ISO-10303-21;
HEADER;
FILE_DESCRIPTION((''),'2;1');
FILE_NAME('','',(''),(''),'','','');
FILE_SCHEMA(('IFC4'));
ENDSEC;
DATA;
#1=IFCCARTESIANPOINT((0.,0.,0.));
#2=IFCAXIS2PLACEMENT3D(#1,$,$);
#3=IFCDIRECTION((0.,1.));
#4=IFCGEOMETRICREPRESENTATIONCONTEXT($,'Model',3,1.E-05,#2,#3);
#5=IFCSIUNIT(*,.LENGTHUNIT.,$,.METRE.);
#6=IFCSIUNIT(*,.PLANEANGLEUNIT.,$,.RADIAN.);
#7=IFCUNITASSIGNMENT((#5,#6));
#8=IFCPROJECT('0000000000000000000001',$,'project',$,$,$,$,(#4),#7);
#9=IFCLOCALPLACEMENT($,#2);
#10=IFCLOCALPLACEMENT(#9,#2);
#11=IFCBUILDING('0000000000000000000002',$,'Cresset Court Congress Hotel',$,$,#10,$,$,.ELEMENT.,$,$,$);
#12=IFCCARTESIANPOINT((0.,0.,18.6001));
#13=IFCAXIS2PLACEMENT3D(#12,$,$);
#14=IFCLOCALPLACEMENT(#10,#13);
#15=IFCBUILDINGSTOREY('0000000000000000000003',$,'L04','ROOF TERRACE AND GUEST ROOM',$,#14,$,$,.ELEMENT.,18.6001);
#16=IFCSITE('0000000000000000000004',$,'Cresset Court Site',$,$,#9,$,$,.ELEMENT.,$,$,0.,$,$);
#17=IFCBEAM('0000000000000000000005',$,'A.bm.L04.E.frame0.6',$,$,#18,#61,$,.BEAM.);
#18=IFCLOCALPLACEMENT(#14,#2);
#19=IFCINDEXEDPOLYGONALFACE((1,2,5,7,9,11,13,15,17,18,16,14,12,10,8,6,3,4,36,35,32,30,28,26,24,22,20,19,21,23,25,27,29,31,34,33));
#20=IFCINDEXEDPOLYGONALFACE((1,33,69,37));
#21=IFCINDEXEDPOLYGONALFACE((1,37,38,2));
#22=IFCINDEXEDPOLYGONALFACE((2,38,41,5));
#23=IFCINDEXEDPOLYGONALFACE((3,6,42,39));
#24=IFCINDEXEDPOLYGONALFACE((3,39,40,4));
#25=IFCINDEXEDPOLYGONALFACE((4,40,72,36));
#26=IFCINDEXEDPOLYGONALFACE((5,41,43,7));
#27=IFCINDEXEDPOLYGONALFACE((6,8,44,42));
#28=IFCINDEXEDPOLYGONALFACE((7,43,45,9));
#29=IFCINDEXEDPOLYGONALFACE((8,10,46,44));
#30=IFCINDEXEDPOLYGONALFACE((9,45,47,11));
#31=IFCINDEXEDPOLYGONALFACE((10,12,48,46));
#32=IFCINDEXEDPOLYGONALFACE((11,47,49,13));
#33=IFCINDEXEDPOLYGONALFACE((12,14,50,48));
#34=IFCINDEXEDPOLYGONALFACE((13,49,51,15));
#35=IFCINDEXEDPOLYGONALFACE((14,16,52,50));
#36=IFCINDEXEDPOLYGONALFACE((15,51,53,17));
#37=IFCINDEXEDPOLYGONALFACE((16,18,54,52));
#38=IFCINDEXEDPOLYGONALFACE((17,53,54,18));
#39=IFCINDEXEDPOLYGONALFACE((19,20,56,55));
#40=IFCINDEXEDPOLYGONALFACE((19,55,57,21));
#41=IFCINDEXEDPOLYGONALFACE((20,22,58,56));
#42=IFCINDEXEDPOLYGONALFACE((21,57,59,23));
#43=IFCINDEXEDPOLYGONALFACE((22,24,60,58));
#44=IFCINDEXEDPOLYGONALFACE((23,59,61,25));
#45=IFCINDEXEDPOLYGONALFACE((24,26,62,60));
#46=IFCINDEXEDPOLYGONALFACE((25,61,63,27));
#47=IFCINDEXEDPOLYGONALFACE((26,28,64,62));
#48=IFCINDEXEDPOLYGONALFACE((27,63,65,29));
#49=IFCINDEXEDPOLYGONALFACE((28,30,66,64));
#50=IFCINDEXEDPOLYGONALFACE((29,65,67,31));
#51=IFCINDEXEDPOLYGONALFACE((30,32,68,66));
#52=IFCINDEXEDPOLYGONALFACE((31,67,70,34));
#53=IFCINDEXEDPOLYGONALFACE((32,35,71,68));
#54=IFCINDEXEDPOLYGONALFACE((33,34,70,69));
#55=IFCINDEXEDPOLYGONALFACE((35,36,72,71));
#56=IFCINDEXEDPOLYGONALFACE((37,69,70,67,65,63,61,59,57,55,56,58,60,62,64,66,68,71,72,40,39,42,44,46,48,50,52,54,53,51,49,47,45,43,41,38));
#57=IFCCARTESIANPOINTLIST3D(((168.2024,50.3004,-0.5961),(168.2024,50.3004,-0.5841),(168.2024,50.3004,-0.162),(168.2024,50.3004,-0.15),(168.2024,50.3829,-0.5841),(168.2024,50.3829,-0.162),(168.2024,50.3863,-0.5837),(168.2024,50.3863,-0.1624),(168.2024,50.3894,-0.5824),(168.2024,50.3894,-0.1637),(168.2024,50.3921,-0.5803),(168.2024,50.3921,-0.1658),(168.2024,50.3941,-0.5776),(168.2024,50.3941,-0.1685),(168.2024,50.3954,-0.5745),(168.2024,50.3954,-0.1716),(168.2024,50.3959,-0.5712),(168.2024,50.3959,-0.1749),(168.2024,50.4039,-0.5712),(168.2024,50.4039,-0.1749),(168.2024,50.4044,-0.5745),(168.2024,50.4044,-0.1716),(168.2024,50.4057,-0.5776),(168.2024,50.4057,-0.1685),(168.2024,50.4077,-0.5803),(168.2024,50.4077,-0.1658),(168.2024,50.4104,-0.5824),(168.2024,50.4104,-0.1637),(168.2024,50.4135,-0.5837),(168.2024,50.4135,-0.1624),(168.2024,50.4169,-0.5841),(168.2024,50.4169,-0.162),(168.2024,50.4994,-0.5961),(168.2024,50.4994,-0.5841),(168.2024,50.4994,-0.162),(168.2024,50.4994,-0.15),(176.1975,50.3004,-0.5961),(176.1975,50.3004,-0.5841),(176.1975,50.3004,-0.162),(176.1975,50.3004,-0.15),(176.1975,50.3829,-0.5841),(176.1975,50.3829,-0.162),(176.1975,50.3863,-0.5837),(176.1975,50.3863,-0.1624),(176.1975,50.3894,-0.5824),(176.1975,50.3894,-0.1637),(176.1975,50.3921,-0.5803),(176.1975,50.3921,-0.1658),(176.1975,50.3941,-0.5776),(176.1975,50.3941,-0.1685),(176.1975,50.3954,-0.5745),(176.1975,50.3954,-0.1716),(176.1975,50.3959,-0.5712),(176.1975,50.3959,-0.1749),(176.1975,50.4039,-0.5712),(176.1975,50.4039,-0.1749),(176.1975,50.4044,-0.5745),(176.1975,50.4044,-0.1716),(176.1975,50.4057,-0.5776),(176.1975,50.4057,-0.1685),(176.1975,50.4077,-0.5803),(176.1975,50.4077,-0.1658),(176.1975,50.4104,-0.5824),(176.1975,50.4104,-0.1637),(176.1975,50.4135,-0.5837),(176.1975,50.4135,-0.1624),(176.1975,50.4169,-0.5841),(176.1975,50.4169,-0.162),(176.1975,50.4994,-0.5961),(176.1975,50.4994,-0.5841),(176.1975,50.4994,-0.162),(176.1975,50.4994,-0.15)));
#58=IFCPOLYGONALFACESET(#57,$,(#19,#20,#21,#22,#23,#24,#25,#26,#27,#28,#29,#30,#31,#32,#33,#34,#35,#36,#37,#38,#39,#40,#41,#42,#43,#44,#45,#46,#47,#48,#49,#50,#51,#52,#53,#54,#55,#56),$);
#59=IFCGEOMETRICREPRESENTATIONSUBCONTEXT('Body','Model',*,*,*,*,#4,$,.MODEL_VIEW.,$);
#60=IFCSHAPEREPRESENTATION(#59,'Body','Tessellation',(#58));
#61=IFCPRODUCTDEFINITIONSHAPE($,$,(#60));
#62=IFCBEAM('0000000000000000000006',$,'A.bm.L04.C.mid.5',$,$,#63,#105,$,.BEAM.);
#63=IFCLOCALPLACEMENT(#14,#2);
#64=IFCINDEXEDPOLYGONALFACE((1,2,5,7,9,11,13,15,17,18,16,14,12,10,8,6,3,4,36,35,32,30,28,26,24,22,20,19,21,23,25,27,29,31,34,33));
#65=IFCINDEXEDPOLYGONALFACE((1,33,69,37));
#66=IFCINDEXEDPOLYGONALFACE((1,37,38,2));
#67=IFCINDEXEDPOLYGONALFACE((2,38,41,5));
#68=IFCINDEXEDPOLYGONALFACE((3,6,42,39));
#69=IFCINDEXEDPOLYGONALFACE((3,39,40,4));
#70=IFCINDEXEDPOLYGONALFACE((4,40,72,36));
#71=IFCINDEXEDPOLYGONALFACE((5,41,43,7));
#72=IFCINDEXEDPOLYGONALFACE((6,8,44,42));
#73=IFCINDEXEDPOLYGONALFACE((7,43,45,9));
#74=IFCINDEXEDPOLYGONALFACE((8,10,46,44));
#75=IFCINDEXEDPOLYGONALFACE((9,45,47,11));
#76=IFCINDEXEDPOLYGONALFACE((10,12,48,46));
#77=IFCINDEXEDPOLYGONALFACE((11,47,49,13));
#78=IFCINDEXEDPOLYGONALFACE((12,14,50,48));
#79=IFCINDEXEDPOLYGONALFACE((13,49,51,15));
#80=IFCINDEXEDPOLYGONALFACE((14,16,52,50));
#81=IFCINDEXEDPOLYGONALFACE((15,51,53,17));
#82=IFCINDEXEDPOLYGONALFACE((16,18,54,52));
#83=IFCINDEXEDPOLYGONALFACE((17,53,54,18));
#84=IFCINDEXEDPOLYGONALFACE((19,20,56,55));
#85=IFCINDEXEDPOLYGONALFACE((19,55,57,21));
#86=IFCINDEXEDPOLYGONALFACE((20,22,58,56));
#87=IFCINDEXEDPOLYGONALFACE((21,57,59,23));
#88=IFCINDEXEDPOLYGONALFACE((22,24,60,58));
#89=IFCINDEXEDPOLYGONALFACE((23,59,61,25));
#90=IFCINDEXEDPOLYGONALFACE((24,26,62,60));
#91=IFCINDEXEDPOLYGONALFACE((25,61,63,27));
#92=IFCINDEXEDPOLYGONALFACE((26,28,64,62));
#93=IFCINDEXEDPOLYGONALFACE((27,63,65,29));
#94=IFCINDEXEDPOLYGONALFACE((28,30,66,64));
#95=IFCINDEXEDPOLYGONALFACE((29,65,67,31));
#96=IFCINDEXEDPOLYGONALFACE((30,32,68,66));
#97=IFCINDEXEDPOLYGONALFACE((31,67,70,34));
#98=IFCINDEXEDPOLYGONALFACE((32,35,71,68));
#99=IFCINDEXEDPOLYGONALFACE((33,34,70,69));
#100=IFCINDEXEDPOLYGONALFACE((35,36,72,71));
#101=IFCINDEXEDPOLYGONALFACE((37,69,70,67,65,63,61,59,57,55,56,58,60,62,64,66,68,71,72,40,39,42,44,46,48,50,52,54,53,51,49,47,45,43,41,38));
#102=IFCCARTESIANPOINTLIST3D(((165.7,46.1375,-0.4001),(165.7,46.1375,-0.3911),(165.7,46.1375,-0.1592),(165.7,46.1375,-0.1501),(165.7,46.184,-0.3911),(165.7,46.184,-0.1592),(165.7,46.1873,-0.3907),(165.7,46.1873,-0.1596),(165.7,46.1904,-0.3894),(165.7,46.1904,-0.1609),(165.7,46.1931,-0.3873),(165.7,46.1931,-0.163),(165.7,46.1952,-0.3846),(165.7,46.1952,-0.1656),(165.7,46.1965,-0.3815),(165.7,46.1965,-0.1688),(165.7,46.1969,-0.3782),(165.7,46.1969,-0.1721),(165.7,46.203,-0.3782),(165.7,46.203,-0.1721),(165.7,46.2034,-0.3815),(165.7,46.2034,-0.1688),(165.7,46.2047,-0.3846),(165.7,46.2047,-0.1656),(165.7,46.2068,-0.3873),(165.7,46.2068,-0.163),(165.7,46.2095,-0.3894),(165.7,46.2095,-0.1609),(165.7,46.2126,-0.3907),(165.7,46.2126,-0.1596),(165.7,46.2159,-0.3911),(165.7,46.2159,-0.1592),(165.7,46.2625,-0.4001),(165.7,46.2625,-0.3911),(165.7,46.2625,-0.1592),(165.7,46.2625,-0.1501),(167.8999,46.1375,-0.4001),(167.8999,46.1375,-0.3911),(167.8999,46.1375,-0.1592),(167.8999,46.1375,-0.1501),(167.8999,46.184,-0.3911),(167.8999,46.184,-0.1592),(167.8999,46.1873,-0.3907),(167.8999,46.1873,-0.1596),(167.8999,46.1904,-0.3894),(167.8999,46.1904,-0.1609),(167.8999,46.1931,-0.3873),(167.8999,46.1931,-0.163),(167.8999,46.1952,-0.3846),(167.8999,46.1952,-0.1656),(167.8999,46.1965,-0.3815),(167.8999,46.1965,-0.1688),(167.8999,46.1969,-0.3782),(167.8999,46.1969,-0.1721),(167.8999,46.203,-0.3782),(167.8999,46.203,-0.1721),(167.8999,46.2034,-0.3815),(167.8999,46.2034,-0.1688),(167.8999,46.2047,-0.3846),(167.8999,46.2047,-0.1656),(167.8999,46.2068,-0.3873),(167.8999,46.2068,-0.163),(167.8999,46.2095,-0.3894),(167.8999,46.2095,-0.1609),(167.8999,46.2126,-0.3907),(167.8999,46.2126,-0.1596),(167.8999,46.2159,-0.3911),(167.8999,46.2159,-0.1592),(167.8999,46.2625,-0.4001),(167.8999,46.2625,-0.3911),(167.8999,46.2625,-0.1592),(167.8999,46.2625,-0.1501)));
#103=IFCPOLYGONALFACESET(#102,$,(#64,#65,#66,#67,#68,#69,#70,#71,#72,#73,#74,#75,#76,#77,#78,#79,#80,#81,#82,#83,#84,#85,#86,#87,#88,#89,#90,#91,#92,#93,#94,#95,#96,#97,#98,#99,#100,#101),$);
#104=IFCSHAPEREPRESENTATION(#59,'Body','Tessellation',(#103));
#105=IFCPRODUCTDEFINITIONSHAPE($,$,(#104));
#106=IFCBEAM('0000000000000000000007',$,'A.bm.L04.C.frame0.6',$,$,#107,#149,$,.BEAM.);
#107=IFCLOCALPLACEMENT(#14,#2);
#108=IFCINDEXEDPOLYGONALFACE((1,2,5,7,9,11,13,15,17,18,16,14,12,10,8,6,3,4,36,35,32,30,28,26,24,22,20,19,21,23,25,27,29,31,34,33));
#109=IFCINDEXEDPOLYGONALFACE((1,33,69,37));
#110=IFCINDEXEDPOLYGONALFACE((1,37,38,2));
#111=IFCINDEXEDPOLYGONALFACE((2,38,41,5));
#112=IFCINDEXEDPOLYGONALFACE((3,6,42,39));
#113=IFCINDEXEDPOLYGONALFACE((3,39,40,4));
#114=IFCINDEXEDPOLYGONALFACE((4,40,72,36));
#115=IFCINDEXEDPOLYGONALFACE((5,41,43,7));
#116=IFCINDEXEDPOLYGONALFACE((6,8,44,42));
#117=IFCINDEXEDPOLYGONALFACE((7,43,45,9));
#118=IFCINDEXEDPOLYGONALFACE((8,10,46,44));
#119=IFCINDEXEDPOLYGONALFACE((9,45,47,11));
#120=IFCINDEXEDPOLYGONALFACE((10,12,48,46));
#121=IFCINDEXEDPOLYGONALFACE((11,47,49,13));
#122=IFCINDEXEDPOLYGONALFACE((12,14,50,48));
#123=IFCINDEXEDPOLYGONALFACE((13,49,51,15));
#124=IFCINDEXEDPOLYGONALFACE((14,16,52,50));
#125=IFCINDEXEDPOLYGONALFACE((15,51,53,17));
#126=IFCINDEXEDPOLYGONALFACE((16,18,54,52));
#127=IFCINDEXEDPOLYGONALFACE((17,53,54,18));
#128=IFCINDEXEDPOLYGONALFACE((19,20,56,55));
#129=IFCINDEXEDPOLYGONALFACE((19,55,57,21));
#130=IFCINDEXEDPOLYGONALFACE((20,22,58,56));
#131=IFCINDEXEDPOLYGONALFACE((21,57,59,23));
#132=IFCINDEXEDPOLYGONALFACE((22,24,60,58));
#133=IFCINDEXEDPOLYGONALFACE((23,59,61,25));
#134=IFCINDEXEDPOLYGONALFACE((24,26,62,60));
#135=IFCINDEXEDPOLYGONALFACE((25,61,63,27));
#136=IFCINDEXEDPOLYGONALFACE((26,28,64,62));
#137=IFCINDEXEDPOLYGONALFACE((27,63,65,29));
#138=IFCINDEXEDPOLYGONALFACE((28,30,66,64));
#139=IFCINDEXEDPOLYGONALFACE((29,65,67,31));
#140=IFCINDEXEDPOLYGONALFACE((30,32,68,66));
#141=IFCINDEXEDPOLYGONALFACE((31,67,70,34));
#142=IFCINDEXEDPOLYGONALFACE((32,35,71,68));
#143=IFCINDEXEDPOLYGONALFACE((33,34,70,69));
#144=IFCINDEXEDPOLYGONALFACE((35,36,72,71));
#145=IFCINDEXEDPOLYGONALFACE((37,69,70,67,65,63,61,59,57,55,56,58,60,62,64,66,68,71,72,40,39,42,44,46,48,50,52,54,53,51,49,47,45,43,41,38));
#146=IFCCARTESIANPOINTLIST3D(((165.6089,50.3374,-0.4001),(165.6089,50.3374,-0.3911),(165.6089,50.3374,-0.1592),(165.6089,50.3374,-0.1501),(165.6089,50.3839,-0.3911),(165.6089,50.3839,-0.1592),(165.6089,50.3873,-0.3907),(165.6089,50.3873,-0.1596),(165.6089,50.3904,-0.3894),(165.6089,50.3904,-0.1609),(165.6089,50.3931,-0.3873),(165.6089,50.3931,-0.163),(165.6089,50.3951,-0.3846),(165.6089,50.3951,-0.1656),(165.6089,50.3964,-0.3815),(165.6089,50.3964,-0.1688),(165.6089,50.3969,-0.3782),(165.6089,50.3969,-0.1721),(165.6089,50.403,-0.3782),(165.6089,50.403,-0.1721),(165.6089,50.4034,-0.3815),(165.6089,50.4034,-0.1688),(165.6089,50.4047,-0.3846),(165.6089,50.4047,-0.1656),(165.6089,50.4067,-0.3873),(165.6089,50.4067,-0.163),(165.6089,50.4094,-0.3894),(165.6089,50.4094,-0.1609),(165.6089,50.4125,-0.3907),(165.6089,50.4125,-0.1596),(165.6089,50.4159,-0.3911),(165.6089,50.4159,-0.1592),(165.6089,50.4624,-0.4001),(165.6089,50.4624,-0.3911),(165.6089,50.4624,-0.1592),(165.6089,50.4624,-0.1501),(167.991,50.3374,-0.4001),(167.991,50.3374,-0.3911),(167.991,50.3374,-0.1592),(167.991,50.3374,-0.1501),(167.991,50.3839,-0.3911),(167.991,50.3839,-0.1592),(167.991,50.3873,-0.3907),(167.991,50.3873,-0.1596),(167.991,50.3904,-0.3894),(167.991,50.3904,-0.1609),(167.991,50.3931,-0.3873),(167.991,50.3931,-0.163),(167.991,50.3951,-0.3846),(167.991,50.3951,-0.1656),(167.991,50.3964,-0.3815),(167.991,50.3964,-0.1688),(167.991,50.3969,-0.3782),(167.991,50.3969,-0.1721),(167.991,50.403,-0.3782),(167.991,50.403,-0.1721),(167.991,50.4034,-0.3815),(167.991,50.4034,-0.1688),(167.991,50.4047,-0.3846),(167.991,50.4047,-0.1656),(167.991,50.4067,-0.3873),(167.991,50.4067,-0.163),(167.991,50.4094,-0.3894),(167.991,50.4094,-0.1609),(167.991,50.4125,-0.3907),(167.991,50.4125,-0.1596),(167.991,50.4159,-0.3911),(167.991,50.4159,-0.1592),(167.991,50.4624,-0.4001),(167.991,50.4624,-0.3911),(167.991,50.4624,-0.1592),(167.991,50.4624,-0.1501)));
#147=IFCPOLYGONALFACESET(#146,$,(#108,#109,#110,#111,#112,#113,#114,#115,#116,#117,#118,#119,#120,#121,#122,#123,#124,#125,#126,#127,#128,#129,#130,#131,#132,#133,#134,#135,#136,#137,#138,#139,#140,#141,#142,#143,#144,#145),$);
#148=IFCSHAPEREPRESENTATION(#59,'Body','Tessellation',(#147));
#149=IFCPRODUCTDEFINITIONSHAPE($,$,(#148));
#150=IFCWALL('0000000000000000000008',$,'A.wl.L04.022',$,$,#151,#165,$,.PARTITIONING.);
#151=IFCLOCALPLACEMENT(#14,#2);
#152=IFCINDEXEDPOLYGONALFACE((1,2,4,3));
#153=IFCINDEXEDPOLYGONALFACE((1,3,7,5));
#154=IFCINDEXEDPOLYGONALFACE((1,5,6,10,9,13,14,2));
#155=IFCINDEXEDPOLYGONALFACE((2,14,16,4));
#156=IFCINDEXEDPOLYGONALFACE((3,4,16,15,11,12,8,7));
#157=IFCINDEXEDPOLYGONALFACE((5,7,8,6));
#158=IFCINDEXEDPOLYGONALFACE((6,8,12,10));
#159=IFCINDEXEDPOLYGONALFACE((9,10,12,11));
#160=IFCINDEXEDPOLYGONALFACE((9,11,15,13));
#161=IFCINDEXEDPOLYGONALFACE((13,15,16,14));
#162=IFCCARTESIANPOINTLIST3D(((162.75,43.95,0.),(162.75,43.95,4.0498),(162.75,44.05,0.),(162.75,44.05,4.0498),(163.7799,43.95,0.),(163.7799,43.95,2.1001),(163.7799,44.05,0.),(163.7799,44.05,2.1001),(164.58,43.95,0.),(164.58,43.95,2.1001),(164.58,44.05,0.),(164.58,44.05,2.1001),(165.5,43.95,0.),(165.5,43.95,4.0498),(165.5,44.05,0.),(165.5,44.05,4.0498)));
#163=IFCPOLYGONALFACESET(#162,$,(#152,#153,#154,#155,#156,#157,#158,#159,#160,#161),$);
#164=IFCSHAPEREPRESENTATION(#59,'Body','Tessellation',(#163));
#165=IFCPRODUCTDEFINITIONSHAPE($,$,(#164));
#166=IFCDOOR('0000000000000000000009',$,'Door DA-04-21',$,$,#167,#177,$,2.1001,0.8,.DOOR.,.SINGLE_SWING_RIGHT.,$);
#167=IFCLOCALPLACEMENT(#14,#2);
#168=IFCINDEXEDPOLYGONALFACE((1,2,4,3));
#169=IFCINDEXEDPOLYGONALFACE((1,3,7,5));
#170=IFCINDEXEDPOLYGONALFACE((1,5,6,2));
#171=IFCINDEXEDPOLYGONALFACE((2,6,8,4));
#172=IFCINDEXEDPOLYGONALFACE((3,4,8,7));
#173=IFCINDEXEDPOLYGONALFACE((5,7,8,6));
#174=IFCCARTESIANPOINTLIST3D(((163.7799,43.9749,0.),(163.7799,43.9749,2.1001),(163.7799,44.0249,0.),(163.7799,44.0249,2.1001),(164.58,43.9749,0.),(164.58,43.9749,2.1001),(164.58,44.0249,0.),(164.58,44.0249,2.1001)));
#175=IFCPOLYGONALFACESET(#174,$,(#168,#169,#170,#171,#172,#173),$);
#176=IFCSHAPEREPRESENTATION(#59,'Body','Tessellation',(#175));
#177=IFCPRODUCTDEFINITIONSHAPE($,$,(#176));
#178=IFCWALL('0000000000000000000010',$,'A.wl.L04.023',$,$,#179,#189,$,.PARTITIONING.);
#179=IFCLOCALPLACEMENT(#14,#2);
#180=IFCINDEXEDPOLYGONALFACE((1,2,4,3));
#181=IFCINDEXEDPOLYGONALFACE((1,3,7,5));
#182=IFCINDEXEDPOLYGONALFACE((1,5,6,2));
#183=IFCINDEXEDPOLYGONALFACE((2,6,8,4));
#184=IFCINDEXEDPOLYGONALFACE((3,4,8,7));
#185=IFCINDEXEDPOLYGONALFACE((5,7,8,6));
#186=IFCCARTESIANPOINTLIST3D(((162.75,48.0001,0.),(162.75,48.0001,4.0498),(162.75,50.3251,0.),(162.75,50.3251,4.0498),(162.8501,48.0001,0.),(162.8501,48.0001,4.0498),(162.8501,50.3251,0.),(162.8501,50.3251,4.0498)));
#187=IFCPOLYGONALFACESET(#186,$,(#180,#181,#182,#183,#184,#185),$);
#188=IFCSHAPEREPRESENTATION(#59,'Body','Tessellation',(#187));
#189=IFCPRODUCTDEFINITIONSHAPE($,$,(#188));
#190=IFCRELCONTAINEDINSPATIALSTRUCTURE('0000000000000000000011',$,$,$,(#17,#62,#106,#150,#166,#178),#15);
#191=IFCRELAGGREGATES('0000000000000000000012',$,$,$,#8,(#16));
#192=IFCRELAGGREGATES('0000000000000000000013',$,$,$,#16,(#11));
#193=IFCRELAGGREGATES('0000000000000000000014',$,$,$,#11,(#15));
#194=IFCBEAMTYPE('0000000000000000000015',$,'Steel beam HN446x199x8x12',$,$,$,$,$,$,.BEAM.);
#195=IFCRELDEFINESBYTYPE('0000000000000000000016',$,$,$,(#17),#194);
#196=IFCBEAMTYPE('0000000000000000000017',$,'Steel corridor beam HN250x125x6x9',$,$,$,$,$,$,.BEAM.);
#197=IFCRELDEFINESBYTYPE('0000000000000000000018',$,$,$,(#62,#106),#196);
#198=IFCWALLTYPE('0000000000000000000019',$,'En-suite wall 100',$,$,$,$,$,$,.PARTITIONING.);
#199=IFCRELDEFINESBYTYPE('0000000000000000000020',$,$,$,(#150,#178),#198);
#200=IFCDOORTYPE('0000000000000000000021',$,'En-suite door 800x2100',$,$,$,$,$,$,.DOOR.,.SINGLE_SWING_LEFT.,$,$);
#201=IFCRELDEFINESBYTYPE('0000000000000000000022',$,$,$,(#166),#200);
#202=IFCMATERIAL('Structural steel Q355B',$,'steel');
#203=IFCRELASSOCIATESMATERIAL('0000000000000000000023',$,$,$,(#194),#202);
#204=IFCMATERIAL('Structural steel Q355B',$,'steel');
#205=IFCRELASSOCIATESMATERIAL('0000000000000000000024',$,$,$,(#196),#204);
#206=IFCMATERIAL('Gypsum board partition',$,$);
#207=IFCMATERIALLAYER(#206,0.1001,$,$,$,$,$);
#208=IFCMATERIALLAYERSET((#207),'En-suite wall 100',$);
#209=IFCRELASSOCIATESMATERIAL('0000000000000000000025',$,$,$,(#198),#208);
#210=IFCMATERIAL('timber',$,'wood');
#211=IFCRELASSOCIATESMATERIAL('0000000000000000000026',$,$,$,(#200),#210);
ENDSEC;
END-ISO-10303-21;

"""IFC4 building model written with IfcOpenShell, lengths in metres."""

from ifc_helpers import new_model, si_unit, direction, frame, frame_2d, origin, origin_2d, place, context, subcontext, project, spatial, rectangle, i_section, extrude, material, layer, layer_set, material_profile, profile_set, type_object, element, fill, save


model = new_model("IFC4")

# Units and contexts
model_context = context("Model", 3, precision=1e-05, world=origin(), true_north=direction((0.0, 1.0)))
body_context = subcontext(model_context, "Body", "Model", "MODEL_VIEW")
ifc_project = project(units=[si_unit("LENGTHUNIT", "METRE"), si_unit("PLANEANGLEUNIT", "RADIAN")], contexts=[model_context])

# Site, building, storey
site_placement = place(None, origin())
site = spatial("IfcSite", under=ifc_project, at=site_placement, Name="Cresset Court Site", CompositionType="ELEMENT", RefElevation=0.0)
building_placement = place(site_placement, origin())
building = spatial("IfcBuilding", under=site, at=building_placement, Name="Cresset Court Congress Hotel", CompositionType="ELEMENT")
storey_placement = place(building_placement, frame((0.0, 0.0, 18.6001)))
storey = spatial("IfcBuildingStorey", under=building, at=storey_placement, Name="L04", Description="ROOF TERRACE AND GUEST ROOM", CompositionType="ELEMENT", Elevation=18.6001)

# Beams
ifc_material_1 = material(Name="Structural steel Q355B", Category="steel")
ifc_material_profile_1 = material_profile(ifc_material_1, i_section(OverallWidth=0.199, OverallDepth=0.446, WebThickness=0.0081, FlangeThickness=0.012, FilletRadius=0.0129, at=origin_2d()), Name="HN446x199x8x12")
ifc_profile_set_1 = profile_set([ifc_material_profile_1], Name="Structural steel Q355B")
beam_type_1 = type_object("IfcBeamType", Name="Steel beam HN446x199x8x12", PredefinedType="BEAM", material=ifc_profile_set_1)
beam_1_placement = place(storey_placement, frame((168.2024, 50.3999, -0.373), z_axis=(1.0, 0.0, 0.0), x_axis=(0.0, 1.0, 0.0)))
element("IfcBeam", 1, at=beam_1_placement, inside=storey, type_object=beam_type_1, Name="A.bm.L04.E.frame0.6", PredefinedType="BEAM", context=body_context, shape_type="SweptSolid", body=[
    extrude(i_section(OverallWidth=0.199, OverallDepth=0.446, WebThickness=0.0081, FlangeThickness=0.012, FilletRadius=0.0129, at=origin_2d()), origin(), (0.0, 0.0, 1.0), 7.9951),
])
ifc_material_2 = material(Name="Structural steel Q355B", Category="steel")
ifc_material_profile_2 = material_profile(ifc_material_2, i_section(OverallWidth=0.125, OverallDepth=0.25, WebThickness=0.0061, FlangeThickness=0.009, FilletRadius=0.0129, at=origin_2d()), Name="HN250x125x6x9")
ifc_profile_set_2 = profile_set([ifc_material_profile_2], Name="Structural steel Q355B")
beam_type_2 = type_object("IfcBeamType", Name="Steel corridor beam HN250x125x6x9", PredefinedType="BEAM", material=ifc_profile_set_2)
beam_2_placement = place(storey_placement, frame((165.7, 46.2, -0.2751), z_axis=(1.0, 0.0, 0.0), x_axis=(0.0, 1.0, 0.0)))
element("IfcBeam", 2, at=beam_2_placement, inside=storey, type_object=beam_type_2, Name="A.bm.L04.C.mid.5", PredefinedType="BEAM", context=body_context, shape_type="SweptSolid", body=[
    extrude(i_section(OverallWidth=0.125, OverallDepth=0.25, WebThickness=0.0061, FlangeThickness=0.009, FilletRadius=0.0129, at=origin_2d()), origin(), (0.0, 0.0, 1.0), 2.2),
])
beam_3_placement = place(storey_placement, frame((165.6089, 50.3999, -0.2751), z_axis=(1.0, 0.0, 0.0), x_axis=(0.0, 1.0, 0.0)))
element("IfcBeam", 3, at=beam_3_placement, inside=storey, type_object=beam_type_2, Name="A.bm.L04.C.frame0.6", PredefinedType="BEAM", context=body_context, shape_type="SweptSolid", body=[
    extrude(i_section(OverallWidth=0.125, OverallDepth=0.25, WebThickness=0.0061, FlangeThickness=0.009, FilletRadius=0.0129, at=origin_2d()), origin(), (0.0, 0.0, 1.0), 2.3821),
])

# Wall, opening, door
ifc_material_3 = material(Name="Gypsum board partition")
ifc_layer_1 = layer(ifc_material_3, 0.1001)
ifc_layer_set_1 = layer_set([ifc_layer_1], Name="En-suite wall 100")
wall_type_1 = type_object("IfcWallType", Name="En-suite wall 100", PredefinedType="PARTITIONING", material=ifc_layer_set_1)
wall_1_placement = place(storey_placement, frame((162.75, 44.0, 0.0), z_axis=(0.0, 0.0, 1.0), x_axis=(1.0, 0.0, 0.0)))
wall_1 = element("IfcWall", 4, at=wall_1_placement, inside=storey, type_object=wall_type_1, Name="A.wl.L04.022", PredefinedType="PARTITIONING", context=body_context, shape_type="SweptSolid", body=[
    extrude(rectangle(XDim=2.75, YDim=0.1001, at=frame_2d((1.375, 0.0))), origin(), (0.0, 0.0, 1.0), 4.0498),
])
opening_1_placement = place(wall_1_placement, frame((1.03, 0.0, 0.0)))
opening_1 = element("IfcOpeningElement", 5, at=opening_1_placement, cuts=wall_1, PredefinedType="OPENING", context=body_context, shape_type="SweptSolid", body=[
    extrude(rectangle(XDim=0.8, YDim=2.1001, at=frame_2d((0.3999, 1.05))), frame((0.0, 0.0601, 0.0), z_axis=(0.0, -1.0, 0.0), x_axis=(1.0, 0.0, 0.0)), (0.0, 0.0, 1.0), 0.1201),
])
ifc_material_4 = material(Name="timber", Category="wood")
door_type = type_object("IfcDoorType", Name="En-suite door 800x2100", OperationType="SINGLE_SWING_LEFT", PredefinedType="DOOR", material=ifc_material_4)
door_1_placement = place(opening_1_placement, origin())
door_1 = element("IfcDoor", 6, at=door_1_placement, inside=storey, type_object=door_type, Name="Door DA-04-21", OperationType="SINGLE_SWING_RIGHT", OverallHeight=2.1001, OverallWidth=0.8, PredefinedType="DOOR", context=body_context, shape_type="SweptSolid", body=[
    extrude(rectangle(XDim=0.8, YDim=2.1001, at=frame_2d((0.3999, 1.05))), frame((0.0, 0.0249, 0.0), z_axis=(0.0, -1.0, 0.0), x_axis=(1.0, 0.0, 0.0)), (0.0, 0.0, 1.0), 0.05),
])
fill(opening_1, door_1)

# Wall
wall_2_placement = place(storey_placement, frame((162.8, 48.0, 0.0), z_axis=(0.0, 0.0, 1.0), x_axis=(0.0, 1.0, 0.0)))
element("IfcWall", 7, at=wall_2_placement, inside=storey, type_object=wall_type_1, Name="A.wl.L04.023", PredefinedType="PARTITIONING", context=body_context, shape_type="SweptSolid", body=[
    extrude(rectangle(XDim=2.325, YDim=0.1001, at=frame_2d((1.1626, 0.0))), origin(), (0.0, 0.0, 1.0), 4.0498),
])

save(model, "model.ifc")
